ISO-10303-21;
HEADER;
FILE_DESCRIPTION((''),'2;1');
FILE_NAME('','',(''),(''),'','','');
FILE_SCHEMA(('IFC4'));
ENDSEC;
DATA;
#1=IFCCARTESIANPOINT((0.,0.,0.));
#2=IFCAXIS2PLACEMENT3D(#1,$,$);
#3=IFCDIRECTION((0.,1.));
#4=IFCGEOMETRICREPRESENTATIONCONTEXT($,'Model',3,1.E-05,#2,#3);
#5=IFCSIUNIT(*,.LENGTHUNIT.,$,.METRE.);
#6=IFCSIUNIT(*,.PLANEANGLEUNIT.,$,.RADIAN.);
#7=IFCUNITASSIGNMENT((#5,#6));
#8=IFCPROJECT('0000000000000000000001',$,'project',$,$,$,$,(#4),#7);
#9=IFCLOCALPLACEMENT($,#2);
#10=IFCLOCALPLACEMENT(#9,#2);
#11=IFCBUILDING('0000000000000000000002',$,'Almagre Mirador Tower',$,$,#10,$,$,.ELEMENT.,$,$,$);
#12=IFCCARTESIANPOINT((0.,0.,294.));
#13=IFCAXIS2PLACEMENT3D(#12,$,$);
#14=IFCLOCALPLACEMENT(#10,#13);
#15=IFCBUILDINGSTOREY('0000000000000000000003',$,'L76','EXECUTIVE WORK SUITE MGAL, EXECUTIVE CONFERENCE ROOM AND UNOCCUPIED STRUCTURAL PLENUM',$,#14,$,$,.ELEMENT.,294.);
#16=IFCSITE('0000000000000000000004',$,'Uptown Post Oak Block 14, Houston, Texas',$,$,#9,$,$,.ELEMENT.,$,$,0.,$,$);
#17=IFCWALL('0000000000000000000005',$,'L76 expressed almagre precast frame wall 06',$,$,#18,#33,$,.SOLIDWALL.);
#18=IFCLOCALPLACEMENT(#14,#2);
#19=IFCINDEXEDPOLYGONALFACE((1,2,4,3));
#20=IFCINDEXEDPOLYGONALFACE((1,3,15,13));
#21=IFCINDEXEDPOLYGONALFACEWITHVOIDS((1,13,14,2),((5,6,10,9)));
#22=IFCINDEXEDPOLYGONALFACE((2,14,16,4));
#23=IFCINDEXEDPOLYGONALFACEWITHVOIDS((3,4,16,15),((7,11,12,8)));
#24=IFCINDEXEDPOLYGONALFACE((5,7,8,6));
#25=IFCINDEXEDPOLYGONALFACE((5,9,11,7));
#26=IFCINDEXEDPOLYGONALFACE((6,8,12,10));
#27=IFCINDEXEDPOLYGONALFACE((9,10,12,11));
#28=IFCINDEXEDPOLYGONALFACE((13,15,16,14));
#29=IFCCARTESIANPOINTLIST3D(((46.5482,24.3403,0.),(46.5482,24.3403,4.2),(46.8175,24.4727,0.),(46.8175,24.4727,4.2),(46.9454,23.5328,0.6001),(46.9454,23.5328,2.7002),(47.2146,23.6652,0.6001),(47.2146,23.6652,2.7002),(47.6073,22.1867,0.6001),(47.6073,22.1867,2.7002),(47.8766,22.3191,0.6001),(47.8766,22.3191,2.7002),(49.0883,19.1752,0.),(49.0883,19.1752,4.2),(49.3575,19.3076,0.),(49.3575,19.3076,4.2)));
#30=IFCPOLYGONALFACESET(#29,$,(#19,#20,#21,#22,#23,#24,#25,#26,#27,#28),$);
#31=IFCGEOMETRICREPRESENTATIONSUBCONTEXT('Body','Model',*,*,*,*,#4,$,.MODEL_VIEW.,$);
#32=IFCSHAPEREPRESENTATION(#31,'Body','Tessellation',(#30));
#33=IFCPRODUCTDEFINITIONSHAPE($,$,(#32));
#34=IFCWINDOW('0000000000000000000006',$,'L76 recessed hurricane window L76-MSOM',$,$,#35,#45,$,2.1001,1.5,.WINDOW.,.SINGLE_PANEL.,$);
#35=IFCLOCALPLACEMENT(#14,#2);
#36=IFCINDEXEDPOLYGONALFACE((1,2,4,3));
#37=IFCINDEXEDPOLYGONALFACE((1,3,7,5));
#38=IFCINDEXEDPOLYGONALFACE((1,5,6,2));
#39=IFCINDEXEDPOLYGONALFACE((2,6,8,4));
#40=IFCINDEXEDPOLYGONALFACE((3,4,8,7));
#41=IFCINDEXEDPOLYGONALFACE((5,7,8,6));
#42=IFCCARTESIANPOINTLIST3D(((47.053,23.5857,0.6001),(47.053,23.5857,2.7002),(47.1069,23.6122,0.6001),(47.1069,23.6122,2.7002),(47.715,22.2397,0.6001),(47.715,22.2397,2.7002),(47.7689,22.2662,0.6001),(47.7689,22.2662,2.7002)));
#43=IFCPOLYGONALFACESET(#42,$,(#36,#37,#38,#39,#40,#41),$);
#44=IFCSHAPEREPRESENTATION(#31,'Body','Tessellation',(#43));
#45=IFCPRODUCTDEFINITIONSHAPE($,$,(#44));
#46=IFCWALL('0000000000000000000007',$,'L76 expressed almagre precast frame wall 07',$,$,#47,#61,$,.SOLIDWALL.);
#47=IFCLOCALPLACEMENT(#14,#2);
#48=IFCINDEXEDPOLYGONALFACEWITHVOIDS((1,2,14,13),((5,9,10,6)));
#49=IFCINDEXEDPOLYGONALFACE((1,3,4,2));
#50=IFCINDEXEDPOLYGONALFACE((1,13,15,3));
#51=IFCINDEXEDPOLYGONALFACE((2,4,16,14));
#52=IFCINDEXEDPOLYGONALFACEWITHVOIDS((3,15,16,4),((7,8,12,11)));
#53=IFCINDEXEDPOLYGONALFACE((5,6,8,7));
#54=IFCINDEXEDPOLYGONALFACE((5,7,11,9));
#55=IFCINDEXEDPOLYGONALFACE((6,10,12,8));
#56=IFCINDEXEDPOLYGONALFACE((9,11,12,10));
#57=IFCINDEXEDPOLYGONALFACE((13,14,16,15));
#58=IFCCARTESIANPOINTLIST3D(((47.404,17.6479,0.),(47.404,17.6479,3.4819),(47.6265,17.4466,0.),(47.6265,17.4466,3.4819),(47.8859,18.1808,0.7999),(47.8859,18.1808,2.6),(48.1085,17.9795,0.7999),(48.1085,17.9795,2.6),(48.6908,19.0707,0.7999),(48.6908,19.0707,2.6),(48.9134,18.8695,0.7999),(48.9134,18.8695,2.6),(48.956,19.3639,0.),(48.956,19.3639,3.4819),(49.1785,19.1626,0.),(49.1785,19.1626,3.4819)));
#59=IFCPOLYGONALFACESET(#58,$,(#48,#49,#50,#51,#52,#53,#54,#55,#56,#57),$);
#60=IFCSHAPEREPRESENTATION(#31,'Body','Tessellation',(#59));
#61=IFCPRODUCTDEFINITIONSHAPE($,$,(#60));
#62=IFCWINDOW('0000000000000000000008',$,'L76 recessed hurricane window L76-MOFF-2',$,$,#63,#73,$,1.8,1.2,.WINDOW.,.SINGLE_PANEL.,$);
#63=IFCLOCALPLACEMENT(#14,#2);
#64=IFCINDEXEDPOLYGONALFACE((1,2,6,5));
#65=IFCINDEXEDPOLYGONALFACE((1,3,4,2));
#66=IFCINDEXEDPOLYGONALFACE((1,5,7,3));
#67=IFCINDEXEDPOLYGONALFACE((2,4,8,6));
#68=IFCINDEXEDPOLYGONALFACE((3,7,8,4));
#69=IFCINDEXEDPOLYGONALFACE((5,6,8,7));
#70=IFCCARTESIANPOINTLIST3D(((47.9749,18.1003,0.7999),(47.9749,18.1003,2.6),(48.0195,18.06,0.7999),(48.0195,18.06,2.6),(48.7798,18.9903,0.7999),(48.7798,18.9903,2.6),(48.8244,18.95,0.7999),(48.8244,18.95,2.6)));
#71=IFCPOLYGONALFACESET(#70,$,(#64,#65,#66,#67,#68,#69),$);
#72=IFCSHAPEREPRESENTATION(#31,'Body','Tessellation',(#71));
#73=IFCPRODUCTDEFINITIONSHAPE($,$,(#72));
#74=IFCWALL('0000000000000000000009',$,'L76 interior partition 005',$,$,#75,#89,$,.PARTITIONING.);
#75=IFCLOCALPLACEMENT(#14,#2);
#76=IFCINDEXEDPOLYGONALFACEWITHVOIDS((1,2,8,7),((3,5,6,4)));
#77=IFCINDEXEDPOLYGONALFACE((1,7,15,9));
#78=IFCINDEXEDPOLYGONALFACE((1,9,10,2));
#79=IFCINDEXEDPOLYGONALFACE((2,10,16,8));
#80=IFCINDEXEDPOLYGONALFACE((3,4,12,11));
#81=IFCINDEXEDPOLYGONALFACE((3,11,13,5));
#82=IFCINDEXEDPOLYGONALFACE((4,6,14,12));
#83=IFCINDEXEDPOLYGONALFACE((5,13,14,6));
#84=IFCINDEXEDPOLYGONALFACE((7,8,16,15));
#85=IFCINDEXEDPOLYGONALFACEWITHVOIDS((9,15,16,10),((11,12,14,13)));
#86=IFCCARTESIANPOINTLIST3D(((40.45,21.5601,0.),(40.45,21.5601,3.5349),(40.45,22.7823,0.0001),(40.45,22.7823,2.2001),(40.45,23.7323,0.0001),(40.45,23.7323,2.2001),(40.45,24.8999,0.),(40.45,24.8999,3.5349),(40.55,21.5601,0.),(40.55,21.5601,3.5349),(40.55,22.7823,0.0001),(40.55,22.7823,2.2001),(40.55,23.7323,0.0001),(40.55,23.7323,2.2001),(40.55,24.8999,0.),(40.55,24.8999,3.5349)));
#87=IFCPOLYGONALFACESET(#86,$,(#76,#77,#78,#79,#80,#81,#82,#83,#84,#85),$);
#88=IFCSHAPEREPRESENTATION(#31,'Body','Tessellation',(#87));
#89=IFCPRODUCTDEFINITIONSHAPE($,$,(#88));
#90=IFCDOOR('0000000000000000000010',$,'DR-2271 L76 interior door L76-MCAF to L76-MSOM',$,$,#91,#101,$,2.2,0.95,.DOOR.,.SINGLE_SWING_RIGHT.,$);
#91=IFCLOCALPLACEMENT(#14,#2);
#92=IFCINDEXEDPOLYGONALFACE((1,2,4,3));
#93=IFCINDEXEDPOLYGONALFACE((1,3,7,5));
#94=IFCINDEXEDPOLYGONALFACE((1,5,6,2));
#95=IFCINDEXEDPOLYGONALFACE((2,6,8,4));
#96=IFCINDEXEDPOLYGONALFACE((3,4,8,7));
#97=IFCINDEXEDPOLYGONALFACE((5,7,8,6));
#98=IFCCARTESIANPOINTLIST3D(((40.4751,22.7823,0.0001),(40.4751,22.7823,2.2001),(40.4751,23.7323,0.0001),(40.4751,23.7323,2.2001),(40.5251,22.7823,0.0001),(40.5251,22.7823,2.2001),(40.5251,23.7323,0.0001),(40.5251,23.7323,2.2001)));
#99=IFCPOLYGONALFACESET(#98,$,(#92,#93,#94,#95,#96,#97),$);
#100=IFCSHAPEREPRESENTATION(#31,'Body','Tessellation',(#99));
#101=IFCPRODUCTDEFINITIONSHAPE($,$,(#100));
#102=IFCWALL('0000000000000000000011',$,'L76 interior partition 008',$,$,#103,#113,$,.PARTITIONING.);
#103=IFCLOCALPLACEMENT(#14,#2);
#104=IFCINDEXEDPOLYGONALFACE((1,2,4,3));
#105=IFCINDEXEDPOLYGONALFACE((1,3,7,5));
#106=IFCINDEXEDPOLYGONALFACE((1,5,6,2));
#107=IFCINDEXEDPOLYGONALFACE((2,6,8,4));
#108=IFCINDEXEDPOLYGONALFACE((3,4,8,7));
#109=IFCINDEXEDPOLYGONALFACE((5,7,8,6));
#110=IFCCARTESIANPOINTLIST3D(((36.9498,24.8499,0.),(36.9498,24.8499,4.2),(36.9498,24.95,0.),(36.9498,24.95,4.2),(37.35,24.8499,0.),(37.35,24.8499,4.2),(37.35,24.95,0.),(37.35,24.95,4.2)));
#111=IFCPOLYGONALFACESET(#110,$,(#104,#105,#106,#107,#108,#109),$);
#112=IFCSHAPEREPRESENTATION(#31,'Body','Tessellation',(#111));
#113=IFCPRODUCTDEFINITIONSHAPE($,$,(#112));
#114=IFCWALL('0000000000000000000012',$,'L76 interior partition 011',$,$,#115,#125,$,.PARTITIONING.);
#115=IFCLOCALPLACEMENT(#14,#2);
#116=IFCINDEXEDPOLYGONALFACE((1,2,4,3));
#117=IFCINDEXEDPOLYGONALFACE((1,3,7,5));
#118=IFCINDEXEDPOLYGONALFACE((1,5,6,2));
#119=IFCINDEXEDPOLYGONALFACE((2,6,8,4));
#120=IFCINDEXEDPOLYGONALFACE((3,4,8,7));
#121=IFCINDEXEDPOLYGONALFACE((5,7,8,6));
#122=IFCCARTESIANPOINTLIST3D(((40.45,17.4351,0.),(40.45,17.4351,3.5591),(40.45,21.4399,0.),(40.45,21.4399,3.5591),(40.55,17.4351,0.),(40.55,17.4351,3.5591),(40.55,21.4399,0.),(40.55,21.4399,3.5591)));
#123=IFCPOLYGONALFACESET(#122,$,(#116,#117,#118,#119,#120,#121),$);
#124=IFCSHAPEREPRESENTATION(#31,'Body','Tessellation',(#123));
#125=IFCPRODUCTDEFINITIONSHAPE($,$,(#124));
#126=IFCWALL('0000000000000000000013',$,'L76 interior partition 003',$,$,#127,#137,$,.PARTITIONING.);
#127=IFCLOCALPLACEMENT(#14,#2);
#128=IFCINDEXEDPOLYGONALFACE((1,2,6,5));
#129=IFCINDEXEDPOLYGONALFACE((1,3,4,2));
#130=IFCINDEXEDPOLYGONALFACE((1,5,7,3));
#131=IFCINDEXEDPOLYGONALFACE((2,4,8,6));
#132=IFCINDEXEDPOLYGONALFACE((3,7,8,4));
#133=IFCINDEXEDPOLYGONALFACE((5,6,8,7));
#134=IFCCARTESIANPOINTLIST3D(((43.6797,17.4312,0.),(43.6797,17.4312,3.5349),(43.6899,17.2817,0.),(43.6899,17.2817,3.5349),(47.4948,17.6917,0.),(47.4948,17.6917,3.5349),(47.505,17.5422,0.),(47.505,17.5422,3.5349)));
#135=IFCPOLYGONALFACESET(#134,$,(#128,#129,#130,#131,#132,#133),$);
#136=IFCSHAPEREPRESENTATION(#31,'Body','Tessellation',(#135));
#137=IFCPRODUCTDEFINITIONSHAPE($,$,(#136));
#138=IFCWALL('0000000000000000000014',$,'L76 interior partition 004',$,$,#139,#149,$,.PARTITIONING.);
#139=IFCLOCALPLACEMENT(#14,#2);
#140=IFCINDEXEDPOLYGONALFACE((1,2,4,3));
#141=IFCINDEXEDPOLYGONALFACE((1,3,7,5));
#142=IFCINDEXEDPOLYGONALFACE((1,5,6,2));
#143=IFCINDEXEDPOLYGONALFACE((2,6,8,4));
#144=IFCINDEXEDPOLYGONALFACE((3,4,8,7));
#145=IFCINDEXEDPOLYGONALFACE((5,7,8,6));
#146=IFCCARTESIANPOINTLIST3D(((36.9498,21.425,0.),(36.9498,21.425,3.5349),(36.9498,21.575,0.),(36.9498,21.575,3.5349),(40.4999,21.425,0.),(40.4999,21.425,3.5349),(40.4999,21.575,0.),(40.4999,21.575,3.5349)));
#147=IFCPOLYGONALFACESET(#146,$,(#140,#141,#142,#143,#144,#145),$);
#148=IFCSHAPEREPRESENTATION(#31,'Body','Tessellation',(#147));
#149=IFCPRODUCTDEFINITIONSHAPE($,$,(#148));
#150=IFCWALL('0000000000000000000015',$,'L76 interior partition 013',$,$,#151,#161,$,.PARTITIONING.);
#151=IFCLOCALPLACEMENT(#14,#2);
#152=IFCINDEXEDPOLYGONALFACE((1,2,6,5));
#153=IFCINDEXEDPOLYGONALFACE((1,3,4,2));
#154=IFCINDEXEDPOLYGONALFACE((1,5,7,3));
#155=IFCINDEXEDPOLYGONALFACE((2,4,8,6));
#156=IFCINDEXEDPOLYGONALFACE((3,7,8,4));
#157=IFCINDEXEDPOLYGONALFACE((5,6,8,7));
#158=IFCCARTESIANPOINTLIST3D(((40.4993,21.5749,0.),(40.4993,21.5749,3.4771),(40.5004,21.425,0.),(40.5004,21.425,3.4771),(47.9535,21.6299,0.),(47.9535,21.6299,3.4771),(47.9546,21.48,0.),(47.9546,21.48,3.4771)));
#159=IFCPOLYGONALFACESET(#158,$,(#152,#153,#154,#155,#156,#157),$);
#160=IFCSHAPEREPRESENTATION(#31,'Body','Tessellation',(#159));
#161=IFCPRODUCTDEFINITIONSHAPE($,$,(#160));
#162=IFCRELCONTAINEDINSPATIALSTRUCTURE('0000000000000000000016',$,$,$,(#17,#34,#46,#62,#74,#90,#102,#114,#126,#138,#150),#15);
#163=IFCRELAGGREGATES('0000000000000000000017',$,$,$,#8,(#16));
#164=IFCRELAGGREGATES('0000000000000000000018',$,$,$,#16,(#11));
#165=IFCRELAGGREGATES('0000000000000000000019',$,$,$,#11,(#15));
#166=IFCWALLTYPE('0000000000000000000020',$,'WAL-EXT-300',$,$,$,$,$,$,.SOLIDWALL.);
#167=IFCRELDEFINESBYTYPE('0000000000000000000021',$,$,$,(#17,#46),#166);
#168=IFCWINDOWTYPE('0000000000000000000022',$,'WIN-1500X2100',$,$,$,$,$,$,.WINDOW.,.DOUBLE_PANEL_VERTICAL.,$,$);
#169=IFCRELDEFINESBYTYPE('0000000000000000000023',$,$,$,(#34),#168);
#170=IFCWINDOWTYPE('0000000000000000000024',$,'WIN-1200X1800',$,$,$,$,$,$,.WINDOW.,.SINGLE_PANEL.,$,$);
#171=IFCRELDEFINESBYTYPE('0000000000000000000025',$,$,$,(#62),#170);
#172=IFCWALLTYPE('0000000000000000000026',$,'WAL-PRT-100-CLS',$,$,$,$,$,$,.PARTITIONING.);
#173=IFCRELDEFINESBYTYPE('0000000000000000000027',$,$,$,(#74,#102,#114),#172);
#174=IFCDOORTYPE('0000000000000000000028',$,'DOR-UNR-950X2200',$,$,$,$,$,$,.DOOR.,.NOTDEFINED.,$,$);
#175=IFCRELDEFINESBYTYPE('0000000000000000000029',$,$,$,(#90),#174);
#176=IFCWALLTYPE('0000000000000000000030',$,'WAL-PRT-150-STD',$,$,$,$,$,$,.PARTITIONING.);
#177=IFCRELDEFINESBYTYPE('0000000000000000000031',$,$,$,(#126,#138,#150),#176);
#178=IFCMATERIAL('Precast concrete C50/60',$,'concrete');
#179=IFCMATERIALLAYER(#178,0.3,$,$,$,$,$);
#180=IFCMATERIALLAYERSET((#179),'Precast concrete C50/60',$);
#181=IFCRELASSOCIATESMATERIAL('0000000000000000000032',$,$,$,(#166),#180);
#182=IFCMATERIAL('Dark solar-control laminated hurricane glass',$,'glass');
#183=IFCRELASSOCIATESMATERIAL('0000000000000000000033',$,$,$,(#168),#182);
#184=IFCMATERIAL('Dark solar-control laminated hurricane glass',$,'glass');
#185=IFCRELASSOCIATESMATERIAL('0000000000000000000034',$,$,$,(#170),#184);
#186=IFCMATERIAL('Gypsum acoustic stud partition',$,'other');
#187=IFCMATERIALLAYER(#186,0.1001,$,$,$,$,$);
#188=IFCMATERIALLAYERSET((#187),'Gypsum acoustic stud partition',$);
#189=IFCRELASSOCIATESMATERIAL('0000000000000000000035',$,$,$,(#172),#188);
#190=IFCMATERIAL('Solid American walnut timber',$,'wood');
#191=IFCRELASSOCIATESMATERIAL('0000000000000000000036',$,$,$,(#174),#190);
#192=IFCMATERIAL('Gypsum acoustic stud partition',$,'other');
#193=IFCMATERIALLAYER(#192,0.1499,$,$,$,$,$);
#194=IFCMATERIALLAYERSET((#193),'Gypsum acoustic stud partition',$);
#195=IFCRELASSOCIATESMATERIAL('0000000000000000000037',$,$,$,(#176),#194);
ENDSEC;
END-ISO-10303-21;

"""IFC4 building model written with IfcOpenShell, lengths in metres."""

from ifc_helpers import new_model, si_unit, direction, frame, frame_2d, origin, place, context, subcontext, project, spatial, rectangle, extrude, material, layer, layer_set, type_object, element, fill, save


model = new_model("IFC4")

# Units and contexts
model_context = context("Model", 3, precision=1e-05, world=origin(), true_north=direction((0.0, 1.0)))
body_context = subcontext(model_context, "Body", "Model", "MODEL_VIEW")
ifc_project = project(units=[si_unit("LENGTHUNIT", "METRE"), si_unit("PLANEANGLEUNIT", "RADIAN")], contexts=[model_context])

# Site, building, storey
site_placement = place(None, origin())
site = spatial("IfcSite", under=ifc_project, at=site_placement, Name="Uptown Post Oak Block 14, Houston, Texas", CompositionType="ELEMENT", RefElevation=0.0)
building_placement = place(site_placement, origin())
building = spatial("IfcBuilding", under=site, at=building_placement, Name="Almagre Mirador Tower", CompositionType="ELEMENT")
storey_placement = place(building_placement, frame((0.0, 0.0, 294.0)))
storey = spatial("IfcBuildingStorey", under=building, at=storey_placement, Name="L76", Description="EXECUTIVE WORK SUITE MGAL, EXECUTIVE CONFERENCE ROOM AND UNOCCUPIED STRUCTURAL PLENUM", CompositionType="ELEMENT", Elevation=294.0)

# Walls, openings, windows
ifc_material_1 = material(Name="Precast concrete C50/60", Category="concrete")
ifc_layer_1 = layer(ifc_material_1, 0.3)
ifc_layer_set_1 = layer_set([ifc_layer_1], Name="Precast concrete C50/60")
wall_type_1 = type_object("IfcWallType", Name="WAL-EXT-300", PredefinedType="SOLIDWALL", material=ifc_layer_set_1)
wall_1_placement = place(storey_placement, frame((46.6829, 24.4065, 0.0), z_axis=(0.0, 0.0, 1.0), x_axis=(0.441299, -0.89736, 0.0)))
wall_1 = element("IfcWall", 1, at=wall_1_placement, inside=storey, type_object=wall_type_1, Name="L76 expressed almagre precast frame wall 06", PredefinedType="SOLIDWALL", context=body_context, shape_type="SweptSolid", body=[
    extrude(rectangle(XDim=5.7559, YDim=0.3, at=frame_2d((2.8779, 0.0))), origin(), (0.0, 0.0, 1.0), 4.2),
])
opening_1_placement = place(wall_1_placement, frame((0.8999, 0.0, 0.6001)))
opening_1 = element("IfcOpeningElement", 2, at=opening_1_placement, cuts=wall_1, PredefinedType="OPENING", context=body_context, shape_type="SweptSolid", body=[
    extrude(rectangle(XDim=1.5, YDim=2.1001, at=frame_2d((0.75, 1.05))), frame((0.0, 0.1599, 0.0), z_axis=(0.0, -1.0, 0.0), x_axis=(1.0, 0.0, 0.0)), (0.0, 0.0, 1.0), 0.32),
])
ifc_material_2 = material(Name="Dark solar-control laminated hurricane glass", Category="glass")
window_type_1 = type_object("IfcWindowType", Name="WIN-1500X2100", PartitioningType="DOUBLE_PANEL_VERTICAL", PredefinedType="WINDOW", material=ifc_material_2)
window_1_placement = place(opening_1_placement, origin())
window_1 = element("IfcWindow", 3, at=window_1_placement, inside=storey, type_object=window_type_1, Name="L76 recessed hurricane window L76-MSOM", OverallHeight=2.1001, OverallWidth=1.5, PartitioningType="SINGLE_PANEL", PredefinedType="WINDOW", context=body_context, shape_type="SweptSolid", body=[
    extrude(rectangle(XDim=1.5, YDim=2.1001, at=frame_2d((0.75, 1.05))), frame((0.0, 0.03, 0.0), z_axis=(0.0, -1.0, 0.0), x_axis=(1.0, 0.0, 0.0)), (0.0, 0.0, 1.0), 0.0601),
])
fill(opening_1, window_1)
wall_2_placement = place(storey_placement, frame((49.0671, 19.2632, 0.0), z_axis=(0.0, 0.0, 1.0), x_axis=(-0.670764, -0.741671, 0.0)))
wall_2 = element("IfcWall", 4, at=wall_2_placement, inside=storey, type_object=wall_type_1, Name="L76 expressed almagre precast frame wall 07", PredefinedType="SOLIDWALL", context=body_context, shape_type="SweptSolid", body=[
    extrude(rectangle(XDim=2.3137, YDim=0.3, at=frame_2d((1.1567, 0.0))), origin(), (0.0, 0.0, 1.0), 3.4819),
])
opening_2_placement = place(wall_2_placement, frame((0.395, 0.0, 0.8)))
opening_2 = element("IfcOpeningElement", 5, at=opening_2_placement, cuts=wall_2, PredefinedType="OPENING", context=body_context, shape_type="SweptSolid", body=[
    extrude(rectangle(XDim=1.2, YDim=1.8, at=frame_2d((0.6001, 0.8999))), frame((0.0, 0.1599, 0.0), z_axis=(0.0, -1.0, 0.0), x_axis=(1.0, 0.0, 0.0)), (0.0, 0.0, 1.0), 0.32),
])
ifc_material_3 = material(Name="Dark solar-control laminated hurricane glass", Category="glass")
window_type_2 = type_object("IfcWindowType", Name="WIN-1200X1800", PartitioningType="SINGLE_PANEL", PredefinedType="WINDOW", material=ifc_material_3)
window_2_placement = place(opening_2_placement, origin())
window_2 = element("IfcWindow", 6, at=window_2_placement, inside=storey, type_object=window_type_2, Name="L76 recessed hurricane window L76-MOFF-2", OverallHeight=1.8, OverallWidth=1.2, PartitioningType="SINGLE_PANEL", PredefinedType="WINDOW", context=body_context, shape_type="SweptSolid", body=[
    extrude(rectangle(XDim=1.2, YDim=1.8, at=frame_2d((0.6001, 0.8999))), frame((0.0, 0.03, 0.0), z_axis=(0.0, -1.0, 0.0), x_axis=(1.0, 0.0, 0.0)), (0.0, 0.0, 1.0), 0.0601),
])
fill(opening_2, window_2)

# Wall, opening, door
ifc_material_4 = material(Name="Gypsum acoustic stud partition", Category="other")
ifc_layer_2 = layer(ifc_material_4, 0.1001)
ifc_layer_set_2 = layer_set([ifc_layer_2], Name="Gypsum acoustic stud partition")
wall_type_2 = type_object("IfcWallType", Name="WAL-PRT-100-CLS", PredefinedType="PARTITIONING", material=ifc_layer_set_2)
wall_3_placement = place(storey_placement, frame((40.5, 21.5601, 0.0), z_axis=(0.0, 0.0, 1.0), x_axis=(0.0, 1.0, 0.0)))
wall_3 = element("IfcWall", 7, at=wall_3_placement, inside=storey, type_object=wall_type_2, Name="L76 interior partition 005", PredefinedType="PARTITIONING", context=body_context, shape_type="SweptSolid", body=[
    extrude(rectangle(XDim=3.3398, YDim=0.1001, at=frame_2d((1.6699, 0.0))), origin(), (0.0, 0.0, 1.0), 3.5349),
])
opening_3_placement = place(wall_3_placement, frame((1.2222, 0.0, 0.0)))
opening_3 = element("IfcOpeningElement", 8, at=opening_3_placement, cuts=wall_3, PredefinedType="OPENING", context=body_context, shape_type="SweptSolid", body=[
    extrude(rectangle(XDim=0.95, YDim=2.2, at=frame_2d((0.4751, 1.1001))), frame((0.0, 0.06, 0.0), z_axis=(0.0, -1.0, 0.0), x_axis=(1.0, 0.0, 0.0)), (0.0, 0.0, 1.0), 0.1201),
])
ifc_material_5 = material(Name="Solid American walnut timber", Category="wood")
door_type_1 = type_object("IfcDoorType", Name="DOR-UNR-950X2200", OperationType="NOTDEFINED", PredefinedType="DOOR", material=ifc_material_5)
door_1_placement = place(opening_3_placement, origin())
door_1 = element("IfcDoor", 9, at=door_1_placement, inside=storey, type_object=door_type_1, Name="DR-2271 L76 interior door L76-MCAF to L76-MSOM", OperationType="SINGLE_SWING_RIGHT", OverallHeight=2.2, OverallWidth=0.95, PredefinedType="DOOR", context=body_context, shape_type="SweptSolid", body=[
    extrude(rectangle(XDim=0.95, YDim=2.2, at=frame_2d((0.4751, 1.1001))), frame((0.0, 0.0249, 0.0), z_axis=(0.0, -1.0, 0.0), x_axis=(1.0, 0.0, 0.0)), (0.0, 0.0, 1.0), 0.05),
])
fill(opening_3, door_1)

# Walls
wall_4_placement = place(storey_placement, frame((37.3501, 24.8999, 0.0), z_axis=(0.0, 0.0, 1.0), x_axis=(-1.0, 0.0, 0.0)))
element("IfcWall", 10, at=wall_4_placement, inside=storey, type_object=wall_type_2, Name="L76 interior partition 008", PredefinedType="PARTITIONING", context=body_context, shape_type="SweptSolid", body=[
    extrude(rectangle(XDim=0.4001, YDim=0.1001, at=frame_2d((0.2002, 0.0))), origin(), (0.0, 0.0, 1.0), 4.2),
])
wall_5_placement = place(storey_placement, frame((40.5, 17.4351, 0.0), z_axis=(0.0, 0.0, 1.0), x_axis=(0.0, 1.0, 0.0)))
element("IfcWall", 11, at=wall_5_placement, inside=storey, type_object=wall_type_2, Name="L76 interior partition 011", PredefinedType="PARTITIONING", context=body_context, shape_type="SweptSolid", body=[
    extrude(rectangle(XDim=4.0049, YDim=0.1001, at=frame_2d((2.0024, 0.0))), origin(), (0.0, 0.0, 1.0), 3.5591),
])
ifc_material_6 = material(Name="Gypsum acoustic stud partition", Category="other")
ifc_layer_3 = layer(ifc_material_6, 0.1499)
ifc_layer_set_3 = layer_set([ifc_layer_3], Name="Gypsum acoustic stud partition")
wall_type_3 = type_object("IfcWallType", Name="WAL-PRT-150-STD", PredefinedType="PARTITIONING", material=ifc_layer_set_3)
wall_6_placement = place(storey_placement, frame((47.5, 17.6169, 0.0), z_axis=(0.0, 0.0, 1.0), x_axis=(-0.997677, -0.068121, 0.0)))
element("IfcWall", 12, at=wall_6_placement, inside=storey, type_object=wall_type_3, Name="L76 interior partition 003", PredefinedType="PARTITIONING", context=body_context, shape_type="SweptSolid", body=[
    extrude(rectangle(XDim=3.824, YDim=0.1499, at=frame_2d((1.9121, 0.0))), origin(), (0.0, 0.0, 1.0), 3.5349),
])
wall_7_placement = place(storey_placement, frame((36.95, 21.5, 0.0), z_axis=(0.0, 0.0, 1.0), x_axis=(1.0, 0.0, 0.0)))
element("IfcWall", 13, at=wall_7_placement, inside=storey, type_object=wall_type_3, Name="L76 interior partition 004", PredefinedType="PARTITIONING", context=body_context, shape_type="SweptSolid", body=[
    extrude(rectangle(XDim=3.55, YDim=0.1499, at=frame_2d((1.7749, 0.0))), origin(), (0.0, 0.0, 1.0), 3.5349),
])
wall_8_placement = place(storey_placement, frame((40.5, 21.5, 0.0), z_axis=(0.0, 0.0, 1.0), x_axis=(0.999973, 0.007369, 0.0)))
element("IfcWall", 14, at=wall_8_placement, inside=storey, type_object=wall_type_3, Name="L76 interior partition 013", PredefinedType="PARTITIONING", context=body_context, shape_type="SweptSolid", body=[
    extrude(rectangle(XDim=7.4543, YDim=0.1499, at=frame_2d((3.7271, 0.0))), origin(), (0.0, 0.0, 1.0), 3.4771),
])

save(model, "model.ifc")
